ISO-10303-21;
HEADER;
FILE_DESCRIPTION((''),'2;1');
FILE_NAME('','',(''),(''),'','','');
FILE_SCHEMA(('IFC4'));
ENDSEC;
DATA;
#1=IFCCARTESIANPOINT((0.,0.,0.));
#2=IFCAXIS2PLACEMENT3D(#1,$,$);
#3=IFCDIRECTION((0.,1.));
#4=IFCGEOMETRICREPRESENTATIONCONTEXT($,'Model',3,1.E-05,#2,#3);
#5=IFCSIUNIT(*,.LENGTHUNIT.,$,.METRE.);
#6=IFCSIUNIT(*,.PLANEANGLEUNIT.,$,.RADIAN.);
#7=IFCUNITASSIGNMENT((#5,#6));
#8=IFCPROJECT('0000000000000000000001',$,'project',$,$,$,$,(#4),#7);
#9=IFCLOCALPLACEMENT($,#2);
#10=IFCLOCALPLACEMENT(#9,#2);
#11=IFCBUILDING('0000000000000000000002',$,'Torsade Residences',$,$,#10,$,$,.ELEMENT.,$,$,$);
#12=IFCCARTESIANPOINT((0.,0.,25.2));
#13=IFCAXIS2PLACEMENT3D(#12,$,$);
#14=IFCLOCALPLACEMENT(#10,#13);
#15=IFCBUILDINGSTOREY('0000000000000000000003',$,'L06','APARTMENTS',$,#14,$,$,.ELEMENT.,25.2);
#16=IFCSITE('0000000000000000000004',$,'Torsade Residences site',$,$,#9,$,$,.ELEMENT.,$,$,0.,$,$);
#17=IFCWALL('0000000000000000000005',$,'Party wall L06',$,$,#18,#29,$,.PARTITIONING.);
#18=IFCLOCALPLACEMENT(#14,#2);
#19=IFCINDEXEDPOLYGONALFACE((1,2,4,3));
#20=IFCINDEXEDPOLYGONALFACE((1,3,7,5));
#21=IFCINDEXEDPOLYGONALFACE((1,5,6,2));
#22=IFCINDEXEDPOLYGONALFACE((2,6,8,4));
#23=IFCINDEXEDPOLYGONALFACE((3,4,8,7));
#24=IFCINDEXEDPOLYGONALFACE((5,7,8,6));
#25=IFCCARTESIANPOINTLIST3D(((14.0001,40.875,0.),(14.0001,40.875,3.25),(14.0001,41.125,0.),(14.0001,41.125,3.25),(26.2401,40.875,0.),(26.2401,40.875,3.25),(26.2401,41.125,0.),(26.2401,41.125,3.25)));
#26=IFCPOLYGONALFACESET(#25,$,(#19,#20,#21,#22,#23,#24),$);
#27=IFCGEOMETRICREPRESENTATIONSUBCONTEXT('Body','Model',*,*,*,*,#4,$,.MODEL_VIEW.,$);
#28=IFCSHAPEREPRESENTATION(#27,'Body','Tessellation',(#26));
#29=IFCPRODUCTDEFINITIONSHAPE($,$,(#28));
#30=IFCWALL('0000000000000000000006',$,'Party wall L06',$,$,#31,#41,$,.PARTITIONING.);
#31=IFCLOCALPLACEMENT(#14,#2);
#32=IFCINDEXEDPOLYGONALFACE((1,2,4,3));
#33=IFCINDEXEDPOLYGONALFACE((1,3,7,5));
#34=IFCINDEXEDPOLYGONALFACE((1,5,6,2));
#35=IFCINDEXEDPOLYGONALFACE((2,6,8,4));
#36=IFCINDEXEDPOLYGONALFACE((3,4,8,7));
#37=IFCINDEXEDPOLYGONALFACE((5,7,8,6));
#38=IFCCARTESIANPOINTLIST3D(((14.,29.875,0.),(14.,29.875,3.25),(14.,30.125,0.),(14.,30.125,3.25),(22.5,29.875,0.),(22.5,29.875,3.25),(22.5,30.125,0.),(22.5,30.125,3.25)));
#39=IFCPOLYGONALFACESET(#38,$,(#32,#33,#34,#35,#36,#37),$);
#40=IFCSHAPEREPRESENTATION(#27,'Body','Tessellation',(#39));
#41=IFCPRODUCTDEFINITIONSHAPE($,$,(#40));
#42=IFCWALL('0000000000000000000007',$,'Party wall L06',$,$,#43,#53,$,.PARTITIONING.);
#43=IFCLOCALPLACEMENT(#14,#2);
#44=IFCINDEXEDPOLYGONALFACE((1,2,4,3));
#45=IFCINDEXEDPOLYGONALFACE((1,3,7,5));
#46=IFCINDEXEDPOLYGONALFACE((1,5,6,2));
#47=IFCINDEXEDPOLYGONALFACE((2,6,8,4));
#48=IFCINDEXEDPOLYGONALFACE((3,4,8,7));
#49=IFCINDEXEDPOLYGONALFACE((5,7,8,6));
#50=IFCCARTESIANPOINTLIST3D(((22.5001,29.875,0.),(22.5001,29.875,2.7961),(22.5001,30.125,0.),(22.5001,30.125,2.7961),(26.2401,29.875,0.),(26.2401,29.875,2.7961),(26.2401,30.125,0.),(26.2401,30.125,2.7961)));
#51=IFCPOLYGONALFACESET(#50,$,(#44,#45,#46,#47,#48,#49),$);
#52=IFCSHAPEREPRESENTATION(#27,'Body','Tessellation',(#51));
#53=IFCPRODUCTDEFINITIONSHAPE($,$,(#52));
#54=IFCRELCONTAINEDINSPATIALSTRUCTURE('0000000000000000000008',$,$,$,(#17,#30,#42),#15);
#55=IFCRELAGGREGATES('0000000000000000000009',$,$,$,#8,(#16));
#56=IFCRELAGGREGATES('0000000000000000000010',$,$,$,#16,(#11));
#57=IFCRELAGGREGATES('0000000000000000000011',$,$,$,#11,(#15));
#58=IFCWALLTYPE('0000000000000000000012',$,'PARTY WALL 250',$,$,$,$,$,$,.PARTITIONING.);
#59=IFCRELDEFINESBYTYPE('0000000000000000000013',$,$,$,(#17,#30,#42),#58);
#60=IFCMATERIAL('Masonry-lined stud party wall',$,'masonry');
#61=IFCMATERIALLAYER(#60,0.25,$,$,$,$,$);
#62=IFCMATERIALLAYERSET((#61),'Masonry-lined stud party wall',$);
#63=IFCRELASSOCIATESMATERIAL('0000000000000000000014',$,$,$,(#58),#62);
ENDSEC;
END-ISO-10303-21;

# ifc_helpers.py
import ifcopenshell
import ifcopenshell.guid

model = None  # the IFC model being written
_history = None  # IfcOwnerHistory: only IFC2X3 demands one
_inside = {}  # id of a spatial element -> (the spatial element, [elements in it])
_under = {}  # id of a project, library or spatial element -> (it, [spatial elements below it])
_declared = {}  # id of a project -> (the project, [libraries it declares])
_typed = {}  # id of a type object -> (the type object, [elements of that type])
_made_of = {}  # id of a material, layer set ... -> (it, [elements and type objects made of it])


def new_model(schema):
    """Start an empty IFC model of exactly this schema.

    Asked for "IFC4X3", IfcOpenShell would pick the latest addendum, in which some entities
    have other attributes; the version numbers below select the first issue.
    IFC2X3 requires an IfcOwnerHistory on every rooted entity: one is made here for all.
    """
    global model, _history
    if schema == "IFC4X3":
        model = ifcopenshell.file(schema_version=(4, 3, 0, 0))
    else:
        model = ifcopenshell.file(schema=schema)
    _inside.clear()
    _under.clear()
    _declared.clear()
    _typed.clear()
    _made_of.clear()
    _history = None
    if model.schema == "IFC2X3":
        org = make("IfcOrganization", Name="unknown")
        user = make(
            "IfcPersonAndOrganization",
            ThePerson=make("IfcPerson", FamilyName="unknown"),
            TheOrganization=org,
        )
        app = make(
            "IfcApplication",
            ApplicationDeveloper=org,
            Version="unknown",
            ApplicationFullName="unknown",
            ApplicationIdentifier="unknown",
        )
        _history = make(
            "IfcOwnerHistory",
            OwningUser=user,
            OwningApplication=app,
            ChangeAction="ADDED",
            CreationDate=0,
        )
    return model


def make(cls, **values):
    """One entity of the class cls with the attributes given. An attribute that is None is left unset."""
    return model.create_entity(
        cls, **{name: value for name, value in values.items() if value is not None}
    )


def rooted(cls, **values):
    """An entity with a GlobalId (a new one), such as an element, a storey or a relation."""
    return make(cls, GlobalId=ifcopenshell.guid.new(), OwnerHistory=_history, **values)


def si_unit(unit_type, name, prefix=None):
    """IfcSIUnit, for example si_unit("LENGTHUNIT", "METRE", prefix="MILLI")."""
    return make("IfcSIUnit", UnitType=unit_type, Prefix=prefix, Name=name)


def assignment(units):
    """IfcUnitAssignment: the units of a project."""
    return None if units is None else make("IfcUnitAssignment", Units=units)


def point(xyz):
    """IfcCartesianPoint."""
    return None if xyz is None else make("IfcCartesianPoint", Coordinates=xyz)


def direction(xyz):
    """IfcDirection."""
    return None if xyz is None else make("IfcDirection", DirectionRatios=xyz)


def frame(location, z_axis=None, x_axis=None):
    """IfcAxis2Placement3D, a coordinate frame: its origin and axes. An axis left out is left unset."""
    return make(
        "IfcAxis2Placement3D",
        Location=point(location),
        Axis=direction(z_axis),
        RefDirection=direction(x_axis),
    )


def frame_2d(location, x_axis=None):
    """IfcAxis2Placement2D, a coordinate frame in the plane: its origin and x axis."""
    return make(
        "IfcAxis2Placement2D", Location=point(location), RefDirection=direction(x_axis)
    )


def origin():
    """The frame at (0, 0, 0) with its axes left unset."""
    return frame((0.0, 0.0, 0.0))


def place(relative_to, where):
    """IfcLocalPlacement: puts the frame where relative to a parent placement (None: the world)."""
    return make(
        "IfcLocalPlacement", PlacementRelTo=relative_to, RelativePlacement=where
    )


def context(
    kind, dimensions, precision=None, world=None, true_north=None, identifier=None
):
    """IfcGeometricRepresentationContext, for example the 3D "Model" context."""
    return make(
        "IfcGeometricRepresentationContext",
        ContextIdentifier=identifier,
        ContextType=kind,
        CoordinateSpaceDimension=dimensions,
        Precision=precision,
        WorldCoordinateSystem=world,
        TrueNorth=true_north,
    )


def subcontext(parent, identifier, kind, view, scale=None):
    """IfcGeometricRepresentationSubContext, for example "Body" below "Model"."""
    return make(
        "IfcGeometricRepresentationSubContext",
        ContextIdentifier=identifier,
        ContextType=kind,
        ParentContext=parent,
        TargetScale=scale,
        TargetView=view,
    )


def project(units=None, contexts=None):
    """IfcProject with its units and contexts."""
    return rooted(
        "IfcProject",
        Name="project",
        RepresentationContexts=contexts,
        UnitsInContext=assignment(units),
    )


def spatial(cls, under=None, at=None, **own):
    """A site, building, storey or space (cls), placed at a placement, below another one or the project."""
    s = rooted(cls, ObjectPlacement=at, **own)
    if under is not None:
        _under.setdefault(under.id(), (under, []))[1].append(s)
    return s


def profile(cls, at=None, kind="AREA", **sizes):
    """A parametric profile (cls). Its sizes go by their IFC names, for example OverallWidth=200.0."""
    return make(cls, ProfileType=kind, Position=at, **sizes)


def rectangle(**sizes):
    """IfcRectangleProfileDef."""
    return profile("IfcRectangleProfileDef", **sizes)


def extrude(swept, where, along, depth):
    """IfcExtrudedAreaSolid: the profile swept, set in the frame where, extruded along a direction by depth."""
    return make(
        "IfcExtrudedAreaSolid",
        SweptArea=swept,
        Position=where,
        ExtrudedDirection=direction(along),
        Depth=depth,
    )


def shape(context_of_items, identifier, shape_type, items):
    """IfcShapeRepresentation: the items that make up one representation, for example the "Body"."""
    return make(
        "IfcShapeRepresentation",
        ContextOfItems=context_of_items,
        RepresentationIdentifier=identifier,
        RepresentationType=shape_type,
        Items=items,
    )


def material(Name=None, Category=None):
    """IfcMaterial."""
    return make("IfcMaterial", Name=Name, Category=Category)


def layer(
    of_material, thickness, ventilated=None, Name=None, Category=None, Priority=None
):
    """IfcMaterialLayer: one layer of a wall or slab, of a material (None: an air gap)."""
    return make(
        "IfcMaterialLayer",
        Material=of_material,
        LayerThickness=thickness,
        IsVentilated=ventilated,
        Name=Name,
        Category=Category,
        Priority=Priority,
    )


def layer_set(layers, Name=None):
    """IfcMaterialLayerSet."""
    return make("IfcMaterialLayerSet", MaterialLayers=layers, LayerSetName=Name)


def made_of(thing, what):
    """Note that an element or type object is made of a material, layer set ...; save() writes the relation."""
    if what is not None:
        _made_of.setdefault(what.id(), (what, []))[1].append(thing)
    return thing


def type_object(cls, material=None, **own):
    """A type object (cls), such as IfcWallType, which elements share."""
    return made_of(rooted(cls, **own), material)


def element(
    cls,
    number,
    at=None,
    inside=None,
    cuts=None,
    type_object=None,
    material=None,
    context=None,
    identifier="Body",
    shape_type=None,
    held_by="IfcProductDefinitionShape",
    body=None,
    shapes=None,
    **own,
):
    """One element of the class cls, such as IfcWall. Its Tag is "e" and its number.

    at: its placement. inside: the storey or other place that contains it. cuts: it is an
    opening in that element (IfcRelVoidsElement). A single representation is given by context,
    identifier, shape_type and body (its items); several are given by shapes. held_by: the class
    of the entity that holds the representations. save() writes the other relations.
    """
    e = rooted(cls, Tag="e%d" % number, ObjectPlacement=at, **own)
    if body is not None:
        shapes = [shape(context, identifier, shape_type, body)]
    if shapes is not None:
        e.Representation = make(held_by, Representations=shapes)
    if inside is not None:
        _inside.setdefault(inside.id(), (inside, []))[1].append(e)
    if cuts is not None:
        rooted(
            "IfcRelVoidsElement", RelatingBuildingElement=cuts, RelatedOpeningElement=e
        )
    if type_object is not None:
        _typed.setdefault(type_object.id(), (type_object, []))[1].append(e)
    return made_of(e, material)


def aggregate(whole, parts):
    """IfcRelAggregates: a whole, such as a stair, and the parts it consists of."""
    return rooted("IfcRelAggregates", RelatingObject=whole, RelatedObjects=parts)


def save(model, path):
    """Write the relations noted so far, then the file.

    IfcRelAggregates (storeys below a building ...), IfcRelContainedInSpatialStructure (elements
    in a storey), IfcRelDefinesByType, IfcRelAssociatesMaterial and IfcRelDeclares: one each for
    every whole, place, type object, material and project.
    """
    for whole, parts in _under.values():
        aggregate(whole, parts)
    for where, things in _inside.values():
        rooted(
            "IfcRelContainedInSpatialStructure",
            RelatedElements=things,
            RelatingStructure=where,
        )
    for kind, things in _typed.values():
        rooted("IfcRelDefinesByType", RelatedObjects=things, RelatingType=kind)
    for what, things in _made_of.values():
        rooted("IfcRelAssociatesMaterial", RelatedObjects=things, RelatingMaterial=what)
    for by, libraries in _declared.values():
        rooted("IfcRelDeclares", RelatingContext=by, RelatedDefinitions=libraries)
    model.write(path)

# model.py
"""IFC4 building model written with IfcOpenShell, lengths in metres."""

from ifc_helpers import new_model, si_unit, direction, frame, frame_2d, origin, place, context, subcontext, project, spatial, rectangle, extrude, material, layer, layer_set, type_object, element, save


model = new_model("IFC4")

# Units and contexts
model_context = context("Model", 3, precision=1e-05, world=origin(), true_north=direction((0.0, 1.0)))
body_context = subcontext(model_context, "Body", "Model", "MODEL_VIEW")
ifc_project = project(units=[si_unit("LENGTHUNIT", "METRE"), si_unit("PLANEANGLEUNIT", "RADIAN")], contexts=[model_context])

# Site, building, storey
site_placement = place(None, origin())
site = spatial("IfcSite", under=ifc_project, at=site_placement, Name="Torsade Residences site", CompositionType="ELEMENT", RefElevation=0.0)
building_placement = place(site_placement, origin())
building = spatial("IfcBuilding", under=site, at=building_placement, Name="Torsade Residences", CompositionType="ELEMENT")
storey_placement = place(building_placement, frame((0.0, 0.0, 25.2)))
storey = spatial("IfcBuildingStorey", under=building, at=storey_placement, Name="L06", Description="APARTMENTS", CompositionType="ELEMENT", Elevation=25.2)

# Walls
ifc_material_1 = material(Name="Masonry-lined stud party wall", Category="masonry")
ifc_layer_1 = layer(ifc_material_1, 0.25)
ifc_layer_set_1 = layer_set([ifc_layer_1], Name="Masonry-lined stud party wall")
wall_type_1 = type_object("IfcWallType", Name="PARTY WALL 250", PredefinedType="PARTITIONING", material=ifc_layer_set_1)
wall_1_placement = place(storey_placement, frame((14.0, 41.0, 0.0), z_axis=(0.0, 0.0, 1.0), x_axis=(1.0, 0.0, 0.0)))
element("IfcWall", 1, at=wall_1_placement, inside=storey, type_object=wall_type_1, Name="Party wall L06", PredefinedType="PARTITIONING", context=body_context, shape_type="SweptSolid", body=[
    extrude(rectangle(XDim=12.24, YDim=0.25, at=frame_2d((6.1201, 0.0))), origin(), (0.0, 0.0, 1.0), 3.25),
])
wall_2_placement = place(storey_placement, frame((14.0, 30.0, 0.0), z_axis=(0.0, 0.0, 1.0), x_axis=(1.0, 0.0, 0.0)))
element("IfcWall", 2, at=wall_2_placement, inside=storey, type_object=wall_type_1, Name="Party wall L06", PredefinedType="PARTITIONING", context=body_context, shape_type="SweptSolid", body=[
    extrude(rectangle(XDim=8.5, YDim=0.25, at=frame_2d((4.25, 0.0))), origin(), (0.0, 0.0, 1.0), 3.25),
])
wall_3_placement = place(storey_placement, frame((22.5, 30.0, 0.0), z_axis=(0.0, 0.0, 1.0), x_axis=(1.0, 0.0, 0.0)))
element("IfcWall", 3, at=wall_3_placement, inside=storey, type_object=wall_type_1, Name="Party wall L06", PredefinedType="PARTITIONING", context=body_context, shape_type="SweptSolid", body=[
    extrude(rectangle(XDim=3.74, YDim=0.25, at=frame_2d((1.8701, 0.0))), origin(), (0.0, 0.0, 1.0), 2.7961),
])

save(model, "model.ifc")
